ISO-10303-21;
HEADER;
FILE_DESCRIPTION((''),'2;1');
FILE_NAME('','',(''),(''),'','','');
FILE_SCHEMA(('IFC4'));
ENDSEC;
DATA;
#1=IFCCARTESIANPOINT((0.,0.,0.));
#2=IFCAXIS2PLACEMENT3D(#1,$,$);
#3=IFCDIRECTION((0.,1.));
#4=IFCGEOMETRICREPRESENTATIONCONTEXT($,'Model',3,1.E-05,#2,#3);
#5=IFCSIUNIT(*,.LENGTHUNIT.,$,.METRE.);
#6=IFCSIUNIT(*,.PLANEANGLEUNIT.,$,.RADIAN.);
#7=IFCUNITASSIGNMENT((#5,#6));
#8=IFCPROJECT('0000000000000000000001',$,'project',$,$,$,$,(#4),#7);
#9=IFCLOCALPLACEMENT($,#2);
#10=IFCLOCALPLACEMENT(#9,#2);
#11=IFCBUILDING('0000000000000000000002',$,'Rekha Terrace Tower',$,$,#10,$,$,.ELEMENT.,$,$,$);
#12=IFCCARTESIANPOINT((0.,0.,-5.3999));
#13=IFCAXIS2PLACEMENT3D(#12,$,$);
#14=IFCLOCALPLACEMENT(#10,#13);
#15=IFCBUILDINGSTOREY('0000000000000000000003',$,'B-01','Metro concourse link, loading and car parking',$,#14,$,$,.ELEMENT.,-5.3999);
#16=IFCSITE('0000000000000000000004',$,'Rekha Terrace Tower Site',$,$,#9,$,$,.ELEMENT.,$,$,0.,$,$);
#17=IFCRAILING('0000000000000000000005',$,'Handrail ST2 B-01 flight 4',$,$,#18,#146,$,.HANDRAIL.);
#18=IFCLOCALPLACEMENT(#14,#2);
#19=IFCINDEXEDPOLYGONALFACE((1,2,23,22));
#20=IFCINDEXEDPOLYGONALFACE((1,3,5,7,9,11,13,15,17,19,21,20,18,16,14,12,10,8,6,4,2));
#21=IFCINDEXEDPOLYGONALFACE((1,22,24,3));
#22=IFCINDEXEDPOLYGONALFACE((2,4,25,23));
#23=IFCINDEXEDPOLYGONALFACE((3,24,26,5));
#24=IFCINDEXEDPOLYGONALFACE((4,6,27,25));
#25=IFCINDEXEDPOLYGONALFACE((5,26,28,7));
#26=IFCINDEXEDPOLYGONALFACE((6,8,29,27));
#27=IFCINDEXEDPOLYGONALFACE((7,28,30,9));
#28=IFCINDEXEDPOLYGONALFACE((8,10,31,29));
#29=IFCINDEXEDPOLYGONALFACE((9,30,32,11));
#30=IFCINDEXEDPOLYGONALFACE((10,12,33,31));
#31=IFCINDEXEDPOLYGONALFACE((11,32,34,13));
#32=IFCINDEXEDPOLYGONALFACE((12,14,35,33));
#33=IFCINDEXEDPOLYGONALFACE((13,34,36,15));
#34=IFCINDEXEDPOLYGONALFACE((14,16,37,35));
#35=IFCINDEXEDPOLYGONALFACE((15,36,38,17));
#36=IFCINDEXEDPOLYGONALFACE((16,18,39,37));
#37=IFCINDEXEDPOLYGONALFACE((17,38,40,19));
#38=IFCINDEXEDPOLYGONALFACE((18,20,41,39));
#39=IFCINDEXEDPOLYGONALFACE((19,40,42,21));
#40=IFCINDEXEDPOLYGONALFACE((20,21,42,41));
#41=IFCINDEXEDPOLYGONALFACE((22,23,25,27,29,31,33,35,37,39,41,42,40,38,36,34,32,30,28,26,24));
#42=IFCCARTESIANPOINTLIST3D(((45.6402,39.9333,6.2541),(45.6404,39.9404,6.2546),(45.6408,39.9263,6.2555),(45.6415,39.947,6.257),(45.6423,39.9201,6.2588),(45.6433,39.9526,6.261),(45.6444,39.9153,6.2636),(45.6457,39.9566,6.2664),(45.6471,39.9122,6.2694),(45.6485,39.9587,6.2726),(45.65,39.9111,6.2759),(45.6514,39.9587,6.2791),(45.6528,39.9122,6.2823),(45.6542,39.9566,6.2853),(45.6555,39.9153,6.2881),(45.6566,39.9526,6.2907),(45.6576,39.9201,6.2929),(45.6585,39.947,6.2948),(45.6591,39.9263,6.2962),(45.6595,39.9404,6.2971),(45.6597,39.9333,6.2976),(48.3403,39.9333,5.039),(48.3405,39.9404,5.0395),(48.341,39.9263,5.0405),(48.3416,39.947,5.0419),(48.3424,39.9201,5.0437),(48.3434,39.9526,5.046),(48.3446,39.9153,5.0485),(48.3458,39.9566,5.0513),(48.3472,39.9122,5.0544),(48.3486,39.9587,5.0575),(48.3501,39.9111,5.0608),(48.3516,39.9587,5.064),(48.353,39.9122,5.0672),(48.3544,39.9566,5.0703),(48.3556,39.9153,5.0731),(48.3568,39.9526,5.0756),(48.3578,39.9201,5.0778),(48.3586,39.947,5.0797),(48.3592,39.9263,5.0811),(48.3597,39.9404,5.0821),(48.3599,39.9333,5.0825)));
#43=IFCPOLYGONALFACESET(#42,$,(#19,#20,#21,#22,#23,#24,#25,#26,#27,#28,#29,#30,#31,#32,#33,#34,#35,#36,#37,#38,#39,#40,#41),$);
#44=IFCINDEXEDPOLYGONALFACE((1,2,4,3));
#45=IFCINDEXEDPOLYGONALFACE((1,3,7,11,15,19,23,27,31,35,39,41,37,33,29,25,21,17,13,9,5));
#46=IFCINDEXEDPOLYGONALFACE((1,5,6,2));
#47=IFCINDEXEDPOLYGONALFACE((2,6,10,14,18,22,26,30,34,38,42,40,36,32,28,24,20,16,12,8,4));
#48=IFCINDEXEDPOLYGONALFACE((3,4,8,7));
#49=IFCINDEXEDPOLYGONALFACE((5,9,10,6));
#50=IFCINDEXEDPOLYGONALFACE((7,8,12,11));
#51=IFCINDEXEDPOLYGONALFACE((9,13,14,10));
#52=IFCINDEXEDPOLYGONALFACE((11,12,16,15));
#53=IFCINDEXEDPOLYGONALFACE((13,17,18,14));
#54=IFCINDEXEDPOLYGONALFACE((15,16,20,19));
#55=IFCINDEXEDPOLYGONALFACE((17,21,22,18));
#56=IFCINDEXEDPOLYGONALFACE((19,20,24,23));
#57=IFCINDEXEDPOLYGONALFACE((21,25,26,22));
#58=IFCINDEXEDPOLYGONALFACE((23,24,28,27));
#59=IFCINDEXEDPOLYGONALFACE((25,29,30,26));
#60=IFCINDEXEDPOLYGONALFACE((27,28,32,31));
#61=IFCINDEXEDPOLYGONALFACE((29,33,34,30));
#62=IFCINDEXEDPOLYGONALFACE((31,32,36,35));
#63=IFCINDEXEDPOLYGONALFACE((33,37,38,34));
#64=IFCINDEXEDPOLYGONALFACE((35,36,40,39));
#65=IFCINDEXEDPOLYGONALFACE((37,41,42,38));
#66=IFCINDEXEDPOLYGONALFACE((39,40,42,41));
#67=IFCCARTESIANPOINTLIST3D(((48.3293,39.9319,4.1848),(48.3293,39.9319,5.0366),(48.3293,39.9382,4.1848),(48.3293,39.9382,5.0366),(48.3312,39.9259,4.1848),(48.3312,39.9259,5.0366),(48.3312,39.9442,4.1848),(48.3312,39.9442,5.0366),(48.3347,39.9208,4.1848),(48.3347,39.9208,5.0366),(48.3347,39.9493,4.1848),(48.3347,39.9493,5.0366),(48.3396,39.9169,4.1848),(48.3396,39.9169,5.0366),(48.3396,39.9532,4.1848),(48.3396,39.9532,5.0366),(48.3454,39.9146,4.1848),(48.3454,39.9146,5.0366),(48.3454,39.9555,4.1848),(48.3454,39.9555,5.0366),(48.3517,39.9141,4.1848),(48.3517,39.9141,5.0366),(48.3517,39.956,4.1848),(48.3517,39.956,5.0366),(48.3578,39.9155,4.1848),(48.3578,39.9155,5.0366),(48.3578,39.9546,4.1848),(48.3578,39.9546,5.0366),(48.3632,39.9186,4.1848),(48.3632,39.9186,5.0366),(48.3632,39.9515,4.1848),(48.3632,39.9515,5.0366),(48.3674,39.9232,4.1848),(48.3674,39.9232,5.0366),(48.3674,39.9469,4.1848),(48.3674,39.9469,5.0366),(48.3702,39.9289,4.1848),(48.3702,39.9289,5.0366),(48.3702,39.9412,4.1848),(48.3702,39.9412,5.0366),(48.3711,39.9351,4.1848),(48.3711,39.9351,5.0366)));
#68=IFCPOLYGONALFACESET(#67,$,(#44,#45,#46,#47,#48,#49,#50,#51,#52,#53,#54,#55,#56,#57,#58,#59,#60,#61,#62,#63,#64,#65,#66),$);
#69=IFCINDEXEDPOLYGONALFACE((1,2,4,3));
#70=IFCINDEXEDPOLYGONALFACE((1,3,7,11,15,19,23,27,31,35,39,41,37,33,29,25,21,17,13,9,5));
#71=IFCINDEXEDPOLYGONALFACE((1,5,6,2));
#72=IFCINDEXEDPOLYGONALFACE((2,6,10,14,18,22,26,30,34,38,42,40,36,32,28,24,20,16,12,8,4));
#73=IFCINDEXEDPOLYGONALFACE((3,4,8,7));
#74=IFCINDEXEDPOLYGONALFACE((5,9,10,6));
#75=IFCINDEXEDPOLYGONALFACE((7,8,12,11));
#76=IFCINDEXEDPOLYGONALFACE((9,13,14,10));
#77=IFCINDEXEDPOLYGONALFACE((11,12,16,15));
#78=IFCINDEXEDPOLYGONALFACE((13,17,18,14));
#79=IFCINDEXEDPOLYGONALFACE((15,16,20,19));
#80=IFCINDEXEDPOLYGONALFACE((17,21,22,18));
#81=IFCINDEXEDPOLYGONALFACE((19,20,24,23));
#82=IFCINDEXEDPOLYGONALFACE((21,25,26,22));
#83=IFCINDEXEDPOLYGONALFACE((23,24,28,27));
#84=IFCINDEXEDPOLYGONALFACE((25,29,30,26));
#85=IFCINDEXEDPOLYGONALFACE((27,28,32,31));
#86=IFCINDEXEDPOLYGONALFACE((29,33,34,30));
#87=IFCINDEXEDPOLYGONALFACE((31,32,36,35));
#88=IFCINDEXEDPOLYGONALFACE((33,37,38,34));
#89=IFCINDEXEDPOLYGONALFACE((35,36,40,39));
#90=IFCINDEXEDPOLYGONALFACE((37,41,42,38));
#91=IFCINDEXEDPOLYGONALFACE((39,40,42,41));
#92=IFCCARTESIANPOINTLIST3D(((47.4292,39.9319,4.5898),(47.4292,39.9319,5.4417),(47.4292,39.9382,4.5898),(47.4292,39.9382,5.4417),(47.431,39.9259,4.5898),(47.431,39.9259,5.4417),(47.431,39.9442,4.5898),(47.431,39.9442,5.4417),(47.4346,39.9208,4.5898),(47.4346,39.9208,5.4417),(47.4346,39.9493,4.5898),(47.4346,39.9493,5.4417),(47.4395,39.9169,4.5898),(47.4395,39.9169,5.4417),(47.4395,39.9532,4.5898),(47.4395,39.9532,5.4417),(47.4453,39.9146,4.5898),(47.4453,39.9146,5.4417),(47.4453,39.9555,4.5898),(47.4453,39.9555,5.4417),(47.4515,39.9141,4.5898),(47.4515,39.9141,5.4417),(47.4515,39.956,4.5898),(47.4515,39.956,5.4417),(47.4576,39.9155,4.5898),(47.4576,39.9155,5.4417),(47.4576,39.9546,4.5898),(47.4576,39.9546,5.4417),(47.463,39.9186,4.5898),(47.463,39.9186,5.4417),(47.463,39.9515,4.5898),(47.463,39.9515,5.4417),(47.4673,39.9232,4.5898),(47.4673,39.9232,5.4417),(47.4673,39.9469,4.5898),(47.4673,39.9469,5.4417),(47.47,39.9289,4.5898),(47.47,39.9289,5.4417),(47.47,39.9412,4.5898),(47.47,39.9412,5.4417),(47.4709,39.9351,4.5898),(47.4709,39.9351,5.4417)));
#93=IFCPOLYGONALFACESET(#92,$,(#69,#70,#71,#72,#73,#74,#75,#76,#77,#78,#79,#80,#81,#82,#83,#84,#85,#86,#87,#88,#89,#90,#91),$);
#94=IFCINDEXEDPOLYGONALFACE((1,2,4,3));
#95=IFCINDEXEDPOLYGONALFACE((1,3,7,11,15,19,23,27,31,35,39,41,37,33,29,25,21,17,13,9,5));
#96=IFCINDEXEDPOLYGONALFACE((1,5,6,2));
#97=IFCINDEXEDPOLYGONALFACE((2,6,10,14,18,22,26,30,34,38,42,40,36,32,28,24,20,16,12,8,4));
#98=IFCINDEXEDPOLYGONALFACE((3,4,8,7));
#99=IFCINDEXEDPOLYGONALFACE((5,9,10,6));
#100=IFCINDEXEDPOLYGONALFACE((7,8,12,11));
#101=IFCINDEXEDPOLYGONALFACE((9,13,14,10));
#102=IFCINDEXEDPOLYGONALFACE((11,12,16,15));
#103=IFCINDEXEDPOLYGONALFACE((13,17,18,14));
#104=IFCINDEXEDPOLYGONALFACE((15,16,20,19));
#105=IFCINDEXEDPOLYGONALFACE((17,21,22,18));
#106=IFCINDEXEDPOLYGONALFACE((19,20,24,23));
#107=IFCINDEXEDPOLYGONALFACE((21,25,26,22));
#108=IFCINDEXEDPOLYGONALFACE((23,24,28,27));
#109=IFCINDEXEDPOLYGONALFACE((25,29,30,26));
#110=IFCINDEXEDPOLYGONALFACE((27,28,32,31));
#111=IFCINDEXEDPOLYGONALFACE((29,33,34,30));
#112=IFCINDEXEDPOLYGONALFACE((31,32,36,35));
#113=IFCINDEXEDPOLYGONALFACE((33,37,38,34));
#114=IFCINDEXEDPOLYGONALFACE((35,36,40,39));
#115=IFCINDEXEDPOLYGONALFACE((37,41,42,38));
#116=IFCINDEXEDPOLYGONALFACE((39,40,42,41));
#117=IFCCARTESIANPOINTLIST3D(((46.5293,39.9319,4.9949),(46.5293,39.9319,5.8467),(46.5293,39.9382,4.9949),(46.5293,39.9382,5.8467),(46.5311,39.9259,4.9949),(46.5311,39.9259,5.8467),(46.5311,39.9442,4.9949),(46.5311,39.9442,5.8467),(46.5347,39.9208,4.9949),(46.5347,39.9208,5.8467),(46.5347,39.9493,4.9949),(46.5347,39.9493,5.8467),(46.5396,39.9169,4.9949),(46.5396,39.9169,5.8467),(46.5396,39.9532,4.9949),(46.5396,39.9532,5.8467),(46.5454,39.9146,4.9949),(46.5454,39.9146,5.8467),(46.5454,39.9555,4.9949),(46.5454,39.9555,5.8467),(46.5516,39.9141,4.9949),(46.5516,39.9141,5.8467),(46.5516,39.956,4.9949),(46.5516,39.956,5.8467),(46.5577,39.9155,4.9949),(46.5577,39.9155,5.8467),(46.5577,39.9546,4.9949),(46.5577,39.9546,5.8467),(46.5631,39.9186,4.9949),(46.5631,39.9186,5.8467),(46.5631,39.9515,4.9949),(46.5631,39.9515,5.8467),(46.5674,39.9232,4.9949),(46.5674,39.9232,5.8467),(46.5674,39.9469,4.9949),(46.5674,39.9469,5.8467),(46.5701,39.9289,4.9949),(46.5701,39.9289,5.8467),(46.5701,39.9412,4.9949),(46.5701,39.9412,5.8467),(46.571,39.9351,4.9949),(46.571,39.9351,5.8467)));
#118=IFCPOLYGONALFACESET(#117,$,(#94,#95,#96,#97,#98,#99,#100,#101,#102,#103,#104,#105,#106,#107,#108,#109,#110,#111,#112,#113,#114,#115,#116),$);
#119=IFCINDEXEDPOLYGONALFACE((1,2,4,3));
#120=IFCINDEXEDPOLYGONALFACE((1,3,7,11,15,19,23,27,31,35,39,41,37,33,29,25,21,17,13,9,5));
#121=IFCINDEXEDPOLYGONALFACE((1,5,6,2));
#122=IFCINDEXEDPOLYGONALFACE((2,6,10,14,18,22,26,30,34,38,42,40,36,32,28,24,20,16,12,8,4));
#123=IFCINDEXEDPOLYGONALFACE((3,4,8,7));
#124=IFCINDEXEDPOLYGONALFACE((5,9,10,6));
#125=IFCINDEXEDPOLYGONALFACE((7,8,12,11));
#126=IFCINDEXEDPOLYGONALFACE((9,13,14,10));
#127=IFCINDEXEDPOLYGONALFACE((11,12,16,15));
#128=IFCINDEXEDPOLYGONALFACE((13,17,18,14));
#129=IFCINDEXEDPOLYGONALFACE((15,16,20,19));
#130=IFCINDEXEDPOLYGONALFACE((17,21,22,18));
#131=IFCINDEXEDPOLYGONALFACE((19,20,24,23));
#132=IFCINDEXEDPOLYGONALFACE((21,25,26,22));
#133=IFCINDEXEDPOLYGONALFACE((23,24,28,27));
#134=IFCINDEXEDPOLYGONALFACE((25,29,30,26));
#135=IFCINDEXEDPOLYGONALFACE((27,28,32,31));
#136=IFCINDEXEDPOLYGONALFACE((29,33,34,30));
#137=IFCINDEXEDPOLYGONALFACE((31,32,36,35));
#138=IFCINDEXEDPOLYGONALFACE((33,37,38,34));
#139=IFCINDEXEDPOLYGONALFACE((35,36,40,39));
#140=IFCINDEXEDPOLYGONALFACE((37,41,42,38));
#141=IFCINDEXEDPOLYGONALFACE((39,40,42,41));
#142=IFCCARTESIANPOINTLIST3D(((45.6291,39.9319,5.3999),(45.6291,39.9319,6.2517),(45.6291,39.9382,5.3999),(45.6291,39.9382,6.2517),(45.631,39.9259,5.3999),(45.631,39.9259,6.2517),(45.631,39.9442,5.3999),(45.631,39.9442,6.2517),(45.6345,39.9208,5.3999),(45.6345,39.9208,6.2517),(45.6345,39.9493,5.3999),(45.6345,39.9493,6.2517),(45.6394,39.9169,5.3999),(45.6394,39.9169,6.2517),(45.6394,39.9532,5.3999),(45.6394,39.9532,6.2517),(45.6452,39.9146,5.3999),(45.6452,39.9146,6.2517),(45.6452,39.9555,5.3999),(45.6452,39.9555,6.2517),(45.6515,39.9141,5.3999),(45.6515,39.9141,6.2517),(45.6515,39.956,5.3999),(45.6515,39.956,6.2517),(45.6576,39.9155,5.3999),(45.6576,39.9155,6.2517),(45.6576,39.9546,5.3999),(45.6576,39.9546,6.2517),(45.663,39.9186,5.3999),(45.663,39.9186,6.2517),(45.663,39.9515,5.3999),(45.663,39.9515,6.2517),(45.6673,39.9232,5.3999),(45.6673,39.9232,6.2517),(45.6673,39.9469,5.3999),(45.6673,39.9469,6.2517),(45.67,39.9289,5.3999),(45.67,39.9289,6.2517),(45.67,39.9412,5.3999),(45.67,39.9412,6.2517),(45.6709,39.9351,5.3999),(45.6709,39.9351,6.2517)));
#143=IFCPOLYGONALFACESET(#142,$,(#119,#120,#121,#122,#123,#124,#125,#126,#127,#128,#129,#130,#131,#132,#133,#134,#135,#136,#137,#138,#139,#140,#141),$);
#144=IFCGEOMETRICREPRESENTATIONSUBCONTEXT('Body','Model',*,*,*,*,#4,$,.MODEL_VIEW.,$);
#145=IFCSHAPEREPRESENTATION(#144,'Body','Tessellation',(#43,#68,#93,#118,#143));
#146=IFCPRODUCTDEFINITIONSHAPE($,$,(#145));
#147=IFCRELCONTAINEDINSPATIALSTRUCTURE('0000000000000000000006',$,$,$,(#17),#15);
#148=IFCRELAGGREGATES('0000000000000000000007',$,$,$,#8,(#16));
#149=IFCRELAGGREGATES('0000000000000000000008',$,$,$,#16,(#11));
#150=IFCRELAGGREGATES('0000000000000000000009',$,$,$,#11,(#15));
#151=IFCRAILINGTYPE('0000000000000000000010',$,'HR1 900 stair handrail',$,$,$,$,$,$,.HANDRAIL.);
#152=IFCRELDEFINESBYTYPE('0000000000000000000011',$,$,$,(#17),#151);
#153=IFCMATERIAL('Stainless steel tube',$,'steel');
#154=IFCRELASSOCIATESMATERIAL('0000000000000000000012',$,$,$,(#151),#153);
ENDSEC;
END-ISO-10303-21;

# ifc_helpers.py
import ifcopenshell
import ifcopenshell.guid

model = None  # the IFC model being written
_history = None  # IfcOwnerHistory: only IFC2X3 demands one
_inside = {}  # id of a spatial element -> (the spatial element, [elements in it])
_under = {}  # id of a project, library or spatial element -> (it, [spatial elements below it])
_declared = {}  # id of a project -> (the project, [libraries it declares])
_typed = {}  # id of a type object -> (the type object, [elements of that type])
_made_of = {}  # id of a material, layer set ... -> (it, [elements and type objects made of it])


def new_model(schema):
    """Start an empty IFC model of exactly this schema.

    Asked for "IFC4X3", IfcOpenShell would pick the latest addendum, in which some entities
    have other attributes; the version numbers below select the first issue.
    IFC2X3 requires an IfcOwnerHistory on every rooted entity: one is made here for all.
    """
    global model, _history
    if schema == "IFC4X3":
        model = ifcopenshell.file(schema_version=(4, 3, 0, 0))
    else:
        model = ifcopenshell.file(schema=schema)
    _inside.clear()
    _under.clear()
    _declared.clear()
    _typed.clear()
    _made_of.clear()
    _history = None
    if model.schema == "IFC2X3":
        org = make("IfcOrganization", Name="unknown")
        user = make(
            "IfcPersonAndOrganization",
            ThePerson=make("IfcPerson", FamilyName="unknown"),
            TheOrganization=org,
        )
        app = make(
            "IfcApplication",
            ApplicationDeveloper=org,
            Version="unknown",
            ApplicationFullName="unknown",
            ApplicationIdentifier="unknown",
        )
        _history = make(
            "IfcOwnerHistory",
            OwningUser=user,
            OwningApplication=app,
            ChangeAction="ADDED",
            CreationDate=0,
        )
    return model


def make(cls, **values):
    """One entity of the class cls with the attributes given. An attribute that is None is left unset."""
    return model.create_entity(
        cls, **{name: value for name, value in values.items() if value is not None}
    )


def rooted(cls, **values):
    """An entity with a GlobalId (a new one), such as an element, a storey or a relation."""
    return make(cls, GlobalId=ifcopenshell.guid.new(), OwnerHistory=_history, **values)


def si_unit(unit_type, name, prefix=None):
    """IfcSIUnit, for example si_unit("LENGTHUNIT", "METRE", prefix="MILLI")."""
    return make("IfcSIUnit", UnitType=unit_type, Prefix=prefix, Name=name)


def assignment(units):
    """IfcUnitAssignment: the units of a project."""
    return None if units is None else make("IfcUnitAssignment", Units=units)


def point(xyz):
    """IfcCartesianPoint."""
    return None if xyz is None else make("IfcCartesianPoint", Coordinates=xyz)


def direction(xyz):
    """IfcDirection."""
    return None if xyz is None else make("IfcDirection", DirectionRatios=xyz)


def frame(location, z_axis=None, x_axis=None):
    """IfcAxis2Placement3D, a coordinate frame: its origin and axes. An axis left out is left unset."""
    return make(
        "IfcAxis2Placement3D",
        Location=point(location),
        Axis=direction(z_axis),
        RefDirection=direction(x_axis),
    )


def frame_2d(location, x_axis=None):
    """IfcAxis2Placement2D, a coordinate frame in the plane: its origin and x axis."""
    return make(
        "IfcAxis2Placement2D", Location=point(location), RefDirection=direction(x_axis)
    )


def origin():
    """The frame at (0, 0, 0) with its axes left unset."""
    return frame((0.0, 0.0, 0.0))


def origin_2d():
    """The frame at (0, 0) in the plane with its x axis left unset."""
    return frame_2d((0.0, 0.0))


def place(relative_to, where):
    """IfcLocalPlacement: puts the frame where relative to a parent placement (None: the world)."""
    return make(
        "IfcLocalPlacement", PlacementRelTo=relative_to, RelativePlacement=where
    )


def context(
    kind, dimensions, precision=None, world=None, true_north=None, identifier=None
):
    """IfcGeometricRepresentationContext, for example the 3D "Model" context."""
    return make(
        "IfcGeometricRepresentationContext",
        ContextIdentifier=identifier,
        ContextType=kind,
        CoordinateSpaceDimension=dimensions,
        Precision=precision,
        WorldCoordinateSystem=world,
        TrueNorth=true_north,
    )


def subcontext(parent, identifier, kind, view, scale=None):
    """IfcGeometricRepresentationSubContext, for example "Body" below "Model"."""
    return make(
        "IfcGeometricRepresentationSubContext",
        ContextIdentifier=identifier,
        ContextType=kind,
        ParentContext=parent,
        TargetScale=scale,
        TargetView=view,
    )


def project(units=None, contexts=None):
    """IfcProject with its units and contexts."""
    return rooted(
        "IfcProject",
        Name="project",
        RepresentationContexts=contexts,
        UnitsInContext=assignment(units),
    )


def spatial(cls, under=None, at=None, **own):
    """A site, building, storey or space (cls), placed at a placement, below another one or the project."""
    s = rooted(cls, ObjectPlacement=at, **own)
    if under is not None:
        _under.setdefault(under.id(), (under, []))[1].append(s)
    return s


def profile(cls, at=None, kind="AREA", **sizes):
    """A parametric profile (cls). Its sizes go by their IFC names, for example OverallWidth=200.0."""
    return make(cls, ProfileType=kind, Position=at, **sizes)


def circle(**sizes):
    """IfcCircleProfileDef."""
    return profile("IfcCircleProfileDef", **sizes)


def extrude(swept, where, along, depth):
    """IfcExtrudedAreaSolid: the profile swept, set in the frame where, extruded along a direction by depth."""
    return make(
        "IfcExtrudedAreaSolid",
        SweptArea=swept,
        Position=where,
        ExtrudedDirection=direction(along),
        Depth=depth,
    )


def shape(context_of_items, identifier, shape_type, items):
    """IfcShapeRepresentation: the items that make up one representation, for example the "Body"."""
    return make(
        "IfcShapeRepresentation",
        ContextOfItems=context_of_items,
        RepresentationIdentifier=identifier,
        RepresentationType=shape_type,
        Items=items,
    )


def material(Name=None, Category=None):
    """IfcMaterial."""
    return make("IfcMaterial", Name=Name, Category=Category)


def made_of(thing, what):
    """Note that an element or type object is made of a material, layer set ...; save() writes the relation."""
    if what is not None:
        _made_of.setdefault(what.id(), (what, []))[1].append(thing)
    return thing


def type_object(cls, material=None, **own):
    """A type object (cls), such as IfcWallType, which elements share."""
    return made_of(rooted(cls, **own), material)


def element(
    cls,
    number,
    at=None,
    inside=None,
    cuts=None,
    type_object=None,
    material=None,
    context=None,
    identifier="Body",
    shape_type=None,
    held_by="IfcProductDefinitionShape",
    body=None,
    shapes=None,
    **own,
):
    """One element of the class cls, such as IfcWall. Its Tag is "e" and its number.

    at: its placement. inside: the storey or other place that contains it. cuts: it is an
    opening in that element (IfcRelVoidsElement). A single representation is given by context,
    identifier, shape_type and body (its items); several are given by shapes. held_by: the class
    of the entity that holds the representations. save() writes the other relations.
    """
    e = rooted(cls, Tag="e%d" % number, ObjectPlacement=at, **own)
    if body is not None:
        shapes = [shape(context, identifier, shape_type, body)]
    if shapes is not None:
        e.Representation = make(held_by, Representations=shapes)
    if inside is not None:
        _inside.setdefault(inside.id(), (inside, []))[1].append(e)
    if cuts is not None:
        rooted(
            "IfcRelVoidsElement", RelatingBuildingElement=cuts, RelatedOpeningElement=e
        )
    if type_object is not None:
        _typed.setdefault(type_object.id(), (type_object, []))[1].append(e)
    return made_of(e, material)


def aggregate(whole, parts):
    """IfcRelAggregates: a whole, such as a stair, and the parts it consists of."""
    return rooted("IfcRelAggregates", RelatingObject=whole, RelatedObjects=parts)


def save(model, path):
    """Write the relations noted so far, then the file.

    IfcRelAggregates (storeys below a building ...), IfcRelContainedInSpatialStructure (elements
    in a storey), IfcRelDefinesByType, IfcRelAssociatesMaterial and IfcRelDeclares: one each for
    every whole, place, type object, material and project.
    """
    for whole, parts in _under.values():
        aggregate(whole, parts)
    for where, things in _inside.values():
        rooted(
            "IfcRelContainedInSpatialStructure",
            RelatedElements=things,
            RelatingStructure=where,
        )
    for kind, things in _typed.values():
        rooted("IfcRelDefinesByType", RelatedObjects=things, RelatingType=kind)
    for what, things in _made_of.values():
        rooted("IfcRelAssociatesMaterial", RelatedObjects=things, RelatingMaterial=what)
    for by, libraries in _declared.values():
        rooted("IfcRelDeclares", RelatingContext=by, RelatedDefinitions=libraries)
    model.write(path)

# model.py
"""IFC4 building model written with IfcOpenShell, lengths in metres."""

from ifc_helpers import new_model, si_unit, direction, frame, origin, origin_2d, place, context, subcontext, project, spatial, circle, extrude, material, type_object, element, save


model = new_model("IFC4")

# Units and contexts
model_context = context("Model", 3, precision=1e-05, world=origin(), true_north=direction((0.0, 1.0)))
body_context = subcontext(model_context, "Body", "Model", "MODEL_VIEW")
ifc_project = project(units=[si_unit("LENGTHUNIT", "METRE"), si_unit("PLANEANGLEUNIT", "RADIAN")], contexts=[model_context])

# Site, building, storey
site_placement = place(None, origin())
site = spatial("IfcSite", under=ifc_project, at=site_placement, Name="Rekha Terrace Tower Site", CompositionType="ELEMENT", RefElevation=0.0)
building_placement = place(site_placement, origin())
building = spatial("IfcBuilding", under=site, at=building_placement, Name="Rekha Terrace Tower", CompositionType="ELEMENT")
storey_placement = place(building_placement, frame((0.0, 0.0, -5.3999)))
storey = spatial("IfcBuildingStorey", under=building, at=storey_placement, Name="B-01", Description="Metro concourse link, loading and car parking", CompositionType="ELEMENT", Elevation=-5.3999)

# Railing
ifc_material_1 = material(Name="Stainless steel tube", Category="steel")
railing_type_1 = type_object("IfcRailingType", Name="HR1 900 stair handrail", PredefinedType="HANDRAIL", material=ifc_material_1)
railing_1_placement = place(storey_placement, frame((48.3501, 39.9351, 4.1848)))
element("IfcRailing", 1, at=railing_1_placement, inside=storey, type_object=railing_type_1, Name="Handrail ST2 B-01 flight 4", PredefinedType="HANDRAIL", context=body_context, shape_type="SweptSolid", body=[
    extrude(circle(Radius=0.0239, at=origin_2d()), frame((0.0, 0.0, 0.876), z_axis=(-0.911922, 0.0, 0.410365), x_axis=(0.0, -1.0, 0.0)), (0.0, 0.0, 1.0), 2.9609),
    extrude(circle(Radius=0.021, at=origin_2d()), origin(), (0.0, 0.0, 1.0), 0.8518),
    extrude(circle(Radius=0.021, at=origin_2d()), frame((-0.9001, 0.0, 0.405)), (0.0, 0.0, 1.0), 0.8518),
    extrude(circle(Radius=0.021, at=origin_2d()), frame((-1.8, 0.0, 0.8101)), (0.0, 0.0, 1.0), 0.8518),
    extrude(circle(Radius=0.021, at=origin_2d()), frame((-2.7002, 0.0, 1.2151)), (0.0, 0.0, 1.0), 0.8518),
])

save(model, "model.ifc")
